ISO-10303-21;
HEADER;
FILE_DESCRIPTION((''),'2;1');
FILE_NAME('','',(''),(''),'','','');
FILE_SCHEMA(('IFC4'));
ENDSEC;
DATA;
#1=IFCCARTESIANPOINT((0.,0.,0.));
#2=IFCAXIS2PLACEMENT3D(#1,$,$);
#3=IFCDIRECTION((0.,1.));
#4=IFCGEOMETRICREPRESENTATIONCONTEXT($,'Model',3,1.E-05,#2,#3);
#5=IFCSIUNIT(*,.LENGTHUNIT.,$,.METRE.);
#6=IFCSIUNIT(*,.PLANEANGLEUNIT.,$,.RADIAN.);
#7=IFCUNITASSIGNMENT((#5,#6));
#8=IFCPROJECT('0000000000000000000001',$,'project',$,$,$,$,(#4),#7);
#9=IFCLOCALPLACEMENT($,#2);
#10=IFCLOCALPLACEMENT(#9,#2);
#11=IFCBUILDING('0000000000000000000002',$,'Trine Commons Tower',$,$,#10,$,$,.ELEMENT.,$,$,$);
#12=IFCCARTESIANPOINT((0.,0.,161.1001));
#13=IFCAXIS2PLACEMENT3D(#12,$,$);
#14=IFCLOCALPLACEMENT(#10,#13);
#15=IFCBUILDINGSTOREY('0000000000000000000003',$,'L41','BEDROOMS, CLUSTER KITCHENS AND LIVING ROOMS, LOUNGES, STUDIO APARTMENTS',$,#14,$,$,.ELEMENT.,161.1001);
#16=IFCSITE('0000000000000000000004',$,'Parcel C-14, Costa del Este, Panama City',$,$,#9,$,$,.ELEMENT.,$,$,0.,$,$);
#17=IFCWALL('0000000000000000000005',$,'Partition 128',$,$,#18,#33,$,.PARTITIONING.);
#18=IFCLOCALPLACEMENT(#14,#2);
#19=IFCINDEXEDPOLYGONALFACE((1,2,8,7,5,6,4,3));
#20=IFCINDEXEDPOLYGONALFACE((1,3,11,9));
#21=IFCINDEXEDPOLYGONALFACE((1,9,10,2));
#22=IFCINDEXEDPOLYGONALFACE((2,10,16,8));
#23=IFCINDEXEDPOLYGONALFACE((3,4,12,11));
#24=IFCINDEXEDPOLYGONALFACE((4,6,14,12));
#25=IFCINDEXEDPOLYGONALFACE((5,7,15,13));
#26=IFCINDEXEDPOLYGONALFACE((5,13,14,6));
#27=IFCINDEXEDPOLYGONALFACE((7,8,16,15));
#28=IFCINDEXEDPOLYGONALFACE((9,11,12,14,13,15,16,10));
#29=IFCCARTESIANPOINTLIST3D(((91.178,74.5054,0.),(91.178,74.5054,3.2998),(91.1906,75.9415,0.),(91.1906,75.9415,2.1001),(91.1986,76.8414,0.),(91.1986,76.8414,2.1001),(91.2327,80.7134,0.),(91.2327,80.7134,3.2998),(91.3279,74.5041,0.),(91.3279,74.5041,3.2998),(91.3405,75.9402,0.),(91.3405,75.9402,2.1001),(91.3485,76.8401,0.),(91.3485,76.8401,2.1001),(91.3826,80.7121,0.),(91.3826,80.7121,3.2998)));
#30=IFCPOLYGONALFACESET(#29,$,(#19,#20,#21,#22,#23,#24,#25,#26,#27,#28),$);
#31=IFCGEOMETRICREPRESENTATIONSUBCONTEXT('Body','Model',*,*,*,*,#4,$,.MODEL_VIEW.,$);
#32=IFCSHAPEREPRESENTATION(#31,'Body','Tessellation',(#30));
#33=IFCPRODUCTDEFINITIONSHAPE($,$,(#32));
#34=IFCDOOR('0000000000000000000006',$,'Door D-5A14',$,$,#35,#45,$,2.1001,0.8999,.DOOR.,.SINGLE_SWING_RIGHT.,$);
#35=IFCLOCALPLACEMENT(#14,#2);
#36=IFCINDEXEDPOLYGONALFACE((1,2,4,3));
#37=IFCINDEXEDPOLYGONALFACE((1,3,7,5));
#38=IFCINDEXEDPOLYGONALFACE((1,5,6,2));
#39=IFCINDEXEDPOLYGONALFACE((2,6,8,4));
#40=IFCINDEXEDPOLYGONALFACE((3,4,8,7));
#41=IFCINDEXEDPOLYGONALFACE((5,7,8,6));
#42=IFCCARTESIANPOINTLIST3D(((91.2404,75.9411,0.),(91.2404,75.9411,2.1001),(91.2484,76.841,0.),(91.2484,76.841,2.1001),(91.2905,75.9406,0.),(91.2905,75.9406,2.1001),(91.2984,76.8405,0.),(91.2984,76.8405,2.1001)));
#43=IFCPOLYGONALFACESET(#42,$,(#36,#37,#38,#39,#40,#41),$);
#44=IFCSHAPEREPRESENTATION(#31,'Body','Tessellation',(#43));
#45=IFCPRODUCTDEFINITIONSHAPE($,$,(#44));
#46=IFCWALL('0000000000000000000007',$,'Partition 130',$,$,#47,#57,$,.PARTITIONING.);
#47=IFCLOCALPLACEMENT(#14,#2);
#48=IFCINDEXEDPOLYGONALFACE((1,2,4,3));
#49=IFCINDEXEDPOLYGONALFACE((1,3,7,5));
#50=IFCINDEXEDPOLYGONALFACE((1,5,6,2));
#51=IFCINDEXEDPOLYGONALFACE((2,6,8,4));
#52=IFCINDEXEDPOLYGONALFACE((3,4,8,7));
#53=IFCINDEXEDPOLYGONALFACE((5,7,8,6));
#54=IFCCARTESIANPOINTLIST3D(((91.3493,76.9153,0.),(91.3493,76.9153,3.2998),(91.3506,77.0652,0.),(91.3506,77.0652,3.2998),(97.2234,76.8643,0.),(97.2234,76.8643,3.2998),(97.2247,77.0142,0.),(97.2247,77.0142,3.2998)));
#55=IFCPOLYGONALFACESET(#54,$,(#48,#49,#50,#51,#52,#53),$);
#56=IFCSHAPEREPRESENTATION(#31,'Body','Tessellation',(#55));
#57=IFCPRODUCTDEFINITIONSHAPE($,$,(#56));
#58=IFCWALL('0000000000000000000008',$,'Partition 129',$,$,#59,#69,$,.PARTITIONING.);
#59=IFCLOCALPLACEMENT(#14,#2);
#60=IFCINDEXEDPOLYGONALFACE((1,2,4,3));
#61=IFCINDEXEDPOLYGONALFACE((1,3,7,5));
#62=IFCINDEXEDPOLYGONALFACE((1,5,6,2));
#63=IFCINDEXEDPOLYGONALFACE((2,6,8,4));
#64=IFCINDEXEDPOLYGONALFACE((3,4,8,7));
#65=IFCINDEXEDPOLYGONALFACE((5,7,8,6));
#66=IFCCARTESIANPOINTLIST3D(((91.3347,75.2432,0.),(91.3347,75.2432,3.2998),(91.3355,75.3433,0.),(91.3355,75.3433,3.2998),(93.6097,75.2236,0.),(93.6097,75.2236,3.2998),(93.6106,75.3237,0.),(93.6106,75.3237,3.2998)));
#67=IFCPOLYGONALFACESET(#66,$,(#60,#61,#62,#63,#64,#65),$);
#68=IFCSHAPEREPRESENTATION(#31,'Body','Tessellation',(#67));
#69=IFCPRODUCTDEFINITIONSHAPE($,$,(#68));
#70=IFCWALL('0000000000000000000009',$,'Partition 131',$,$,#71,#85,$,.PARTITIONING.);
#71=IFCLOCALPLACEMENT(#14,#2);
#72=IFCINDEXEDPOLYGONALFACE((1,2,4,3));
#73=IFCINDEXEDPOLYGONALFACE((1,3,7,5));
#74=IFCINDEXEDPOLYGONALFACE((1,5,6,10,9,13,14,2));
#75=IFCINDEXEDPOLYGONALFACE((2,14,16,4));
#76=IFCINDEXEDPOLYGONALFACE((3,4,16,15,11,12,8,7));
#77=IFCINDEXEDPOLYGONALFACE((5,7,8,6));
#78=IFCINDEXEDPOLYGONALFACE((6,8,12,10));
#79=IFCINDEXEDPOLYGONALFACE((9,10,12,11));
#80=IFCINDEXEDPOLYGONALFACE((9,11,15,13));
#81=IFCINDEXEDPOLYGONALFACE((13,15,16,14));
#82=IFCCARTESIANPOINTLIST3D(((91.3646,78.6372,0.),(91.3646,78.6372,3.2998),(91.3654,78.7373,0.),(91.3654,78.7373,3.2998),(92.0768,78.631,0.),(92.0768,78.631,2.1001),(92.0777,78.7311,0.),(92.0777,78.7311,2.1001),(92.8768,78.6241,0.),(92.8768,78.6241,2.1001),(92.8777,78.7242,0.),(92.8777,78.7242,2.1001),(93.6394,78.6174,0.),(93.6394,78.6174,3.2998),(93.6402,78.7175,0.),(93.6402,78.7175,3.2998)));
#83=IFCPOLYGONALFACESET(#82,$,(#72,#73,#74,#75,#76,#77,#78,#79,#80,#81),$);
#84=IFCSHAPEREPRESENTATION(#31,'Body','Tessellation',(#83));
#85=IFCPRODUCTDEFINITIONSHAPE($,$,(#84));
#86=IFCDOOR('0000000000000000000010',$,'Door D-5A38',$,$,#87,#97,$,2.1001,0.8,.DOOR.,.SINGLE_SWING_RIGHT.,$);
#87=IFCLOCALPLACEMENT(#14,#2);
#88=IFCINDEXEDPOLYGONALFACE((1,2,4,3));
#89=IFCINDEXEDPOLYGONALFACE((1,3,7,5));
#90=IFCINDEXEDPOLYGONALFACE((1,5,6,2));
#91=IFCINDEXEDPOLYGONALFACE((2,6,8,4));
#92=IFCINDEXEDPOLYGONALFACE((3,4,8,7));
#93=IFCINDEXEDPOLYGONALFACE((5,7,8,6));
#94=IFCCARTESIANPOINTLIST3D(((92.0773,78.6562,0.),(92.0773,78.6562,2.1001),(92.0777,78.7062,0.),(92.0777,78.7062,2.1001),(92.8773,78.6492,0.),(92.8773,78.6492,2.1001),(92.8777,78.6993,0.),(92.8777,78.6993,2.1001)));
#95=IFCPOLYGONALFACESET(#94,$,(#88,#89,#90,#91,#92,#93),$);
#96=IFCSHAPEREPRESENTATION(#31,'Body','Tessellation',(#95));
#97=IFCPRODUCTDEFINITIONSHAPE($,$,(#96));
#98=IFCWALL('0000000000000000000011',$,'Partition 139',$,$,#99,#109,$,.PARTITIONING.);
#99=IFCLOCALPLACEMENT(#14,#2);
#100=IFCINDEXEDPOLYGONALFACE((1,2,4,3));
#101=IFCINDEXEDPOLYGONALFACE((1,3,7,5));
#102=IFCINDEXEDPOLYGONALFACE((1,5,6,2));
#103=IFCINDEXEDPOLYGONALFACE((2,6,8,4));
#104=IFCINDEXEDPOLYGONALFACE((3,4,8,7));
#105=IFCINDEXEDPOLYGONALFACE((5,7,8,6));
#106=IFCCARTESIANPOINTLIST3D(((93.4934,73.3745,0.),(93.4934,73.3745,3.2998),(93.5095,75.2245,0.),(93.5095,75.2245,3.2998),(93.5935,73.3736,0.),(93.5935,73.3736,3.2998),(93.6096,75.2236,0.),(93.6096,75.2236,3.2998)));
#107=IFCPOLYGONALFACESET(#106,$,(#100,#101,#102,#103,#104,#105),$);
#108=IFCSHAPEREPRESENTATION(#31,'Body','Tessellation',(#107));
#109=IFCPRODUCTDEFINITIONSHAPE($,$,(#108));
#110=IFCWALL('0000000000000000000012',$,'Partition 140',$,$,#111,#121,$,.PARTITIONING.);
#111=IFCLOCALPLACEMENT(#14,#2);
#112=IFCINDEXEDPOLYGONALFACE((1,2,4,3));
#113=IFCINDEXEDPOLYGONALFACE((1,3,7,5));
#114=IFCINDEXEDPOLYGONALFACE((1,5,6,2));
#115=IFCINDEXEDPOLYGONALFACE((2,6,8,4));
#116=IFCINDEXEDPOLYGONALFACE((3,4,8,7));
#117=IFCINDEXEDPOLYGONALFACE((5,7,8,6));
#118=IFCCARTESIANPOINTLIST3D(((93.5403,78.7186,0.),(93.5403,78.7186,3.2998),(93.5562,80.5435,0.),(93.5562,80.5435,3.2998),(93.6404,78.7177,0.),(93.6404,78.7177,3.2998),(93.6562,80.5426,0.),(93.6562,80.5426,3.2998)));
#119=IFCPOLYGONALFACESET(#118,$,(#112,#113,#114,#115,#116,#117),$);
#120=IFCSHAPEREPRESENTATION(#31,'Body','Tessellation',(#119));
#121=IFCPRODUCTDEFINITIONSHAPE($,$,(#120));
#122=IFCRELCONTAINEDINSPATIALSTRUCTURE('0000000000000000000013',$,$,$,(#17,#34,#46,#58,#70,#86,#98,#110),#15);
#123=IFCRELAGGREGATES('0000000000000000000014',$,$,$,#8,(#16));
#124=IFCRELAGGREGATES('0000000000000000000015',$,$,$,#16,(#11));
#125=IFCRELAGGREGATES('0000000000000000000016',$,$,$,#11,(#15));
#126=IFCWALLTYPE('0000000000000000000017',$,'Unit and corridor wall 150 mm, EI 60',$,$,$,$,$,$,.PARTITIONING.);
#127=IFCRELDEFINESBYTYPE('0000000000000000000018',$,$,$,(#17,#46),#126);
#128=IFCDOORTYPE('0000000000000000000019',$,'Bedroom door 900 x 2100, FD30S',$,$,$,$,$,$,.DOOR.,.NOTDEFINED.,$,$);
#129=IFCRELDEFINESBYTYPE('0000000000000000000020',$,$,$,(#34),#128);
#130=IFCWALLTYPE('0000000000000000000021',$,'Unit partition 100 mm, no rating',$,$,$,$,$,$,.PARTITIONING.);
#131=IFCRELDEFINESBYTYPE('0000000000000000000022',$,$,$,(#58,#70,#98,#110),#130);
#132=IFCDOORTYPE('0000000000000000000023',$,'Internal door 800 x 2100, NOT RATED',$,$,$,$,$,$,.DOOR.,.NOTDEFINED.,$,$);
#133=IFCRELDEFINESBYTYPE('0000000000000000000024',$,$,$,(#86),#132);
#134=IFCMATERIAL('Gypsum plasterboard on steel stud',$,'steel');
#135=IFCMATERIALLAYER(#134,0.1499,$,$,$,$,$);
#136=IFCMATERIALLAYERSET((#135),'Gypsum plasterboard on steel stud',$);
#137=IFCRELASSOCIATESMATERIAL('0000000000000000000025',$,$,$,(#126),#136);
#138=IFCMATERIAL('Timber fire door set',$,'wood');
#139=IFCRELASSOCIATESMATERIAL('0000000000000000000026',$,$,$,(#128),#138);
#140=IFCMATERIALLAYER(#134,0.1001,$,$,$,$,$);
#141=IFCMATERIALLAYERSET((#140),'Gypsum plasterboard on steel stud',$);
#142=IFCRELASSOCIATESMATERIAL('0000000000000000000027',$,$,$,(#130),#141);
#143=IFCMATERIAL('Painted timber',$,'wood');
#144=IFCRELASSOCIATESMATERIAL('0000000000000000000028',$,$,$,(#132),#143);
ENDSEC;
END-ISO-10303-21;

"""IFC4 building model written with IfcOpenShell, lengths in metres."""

from ifc_helpers import new_model, si_unit, direction, frame, frame_2d, origin, place, context, subcontext, project, spatial, rectangle, extrude, material, layer, layer_set, type_object, element, fill, save


model = new_model("IFC4")

# Units and contexts
model_context = context("Model", 3, precision=1e-05, world=origin(), true_north=direction((0.0, 1.0)))
body_context = subcontext(model_context, "Body", "Model", "MODEL_VIEW")
ifc_project = project(units=[si_unit("LENGTHUNIT", "METRE"), si_unit("PLANEANGLEUNIT", "RADIAN")], contexts=[model_context])

# Site, building, storey
site_placement = place(None, origin())
site = spatial("IfcSite", under=ifc_project, at=site_placement, Name="Parcel C-14, Costa del Este, Panama City", CompositionType="ELEMENT", RefElevation=0.0)
building_placement = place(site_placement, origin())
building = spatial("IfcBuilding", under=site, at=building_placement, Name="Trine Commons Tower", CompositionType="ELEMENT")
storey_placement = place(building_placement, frame((0.0, 0.0, 161.1001)))
storey = spatial("IfcBuildingStorey", under=building, at=storey_placement, Name="L41", Description="BEDROOMS, CLUSTER KITCHENS AND LIVING ROOMS, LOUNGES, STUDIO APARTMENTS", CompositionType="ELEMENT", Elevation=161.1001)

# Wall, opening, door
ifc_material_1 = material(Name="Gypsum plasterboard on steel stud", Category="steel")
ifc_layer_1 = layer(ifc_material_1, 0.1499)
ifc_layer_set_1 = layer_set([ifc_layer_1], Name="Gypsum plasterboard on steel stud")
wall_type_1 = type_object("IfcWallType", Name="Unit and corridor wall 150 mm, EI 60", PredefinedType="PARTITIONING", material=ifc_layer_set_1)
wall_1_placement = place(storey_placement, frame((91.2529, 74.5049, 0.0), z_axis=(0.0, 0.0, 1.0), x_axis=(0.008809, 0.999961, 0.0)))
wall_1 = element("IfcWall", 1, at=wall_1_placement, inside=storey, type_object=wall_type_1, Name="Partition 128", PredefinedType="PARTITIONING", context=body_context, shape_type="SweptSolid", body=[
    extrude(rectangle(XDim=6.2083, YDim=0.1499, at=frame_2d((3.104, 0.0))), origin(), (0.0, 0.0, 1.0), 3.2998),
])
opening_1_placement = place(wall_1_placement, frame((1.436, 0.0, 0.0)))
opening_1 = element("IfcOpeningElement", 2, at=opening_1_placement, cuts=wall_1, PredefinedType="OPENING", context=body_context, shape_type="SweptSolid", body=[
    extrude(rectangle(XDim=0.8999, YDim=2.1001, at=frame_2d((0.45, 1.05))), frame((0.0, 0.085, 0.0), z_axis=(0.0, -1.0, 0.0), x_axis=(1.0, 0.0, 0.0)), (0.0, 0.0, 1.0), 0.1699),
])
ifc_material_2 = material(Name="Timber fire door set", Category="wood")
door_type_1 = type_object("IfcDoorType", Name="Bedroom door 900 x 2100, FD30S", OperationType="NOTDEFINED", PredefinedType="DOOR", material=ifc_material_2)
door_1_placement = place(opening_1_placement, frame((0.8999, 0.0, 0.0), z_axis=(0.0, 0.0, 1.0), x_axis=(-1.0, 0.0, 0.0)))
door_1 = element("IfcDoor", 3, at=door_1_placement, inside=storey, type_object=door_type_1, Name="Door D-5A14", OperationType="SINGLE_SWING_RIGHT", OverallHeight=2.1001, OverallWidth=0.8999, PredefinedType="DOOR", context=body_context, shape_type="SweptSolid", body=[
    extrude(rectangle(XDim=0.8999, YDim=2.1001, at=frame_2d((0.45, 1.05))), frame((0.0, 0.0249, 0.0), z_axis=(0.0, -1.0, 0.0), x_axis=(1.0, 0.0, 0.0)), (0.0, 0.0, 1.0), 0.05),
])
fill(opening_1, door_1)

# Walls
wall_2_placement = place(storey_placement, frame((91.3501, 76.9902, 0.0), z_axis=(0.0, 0.0, 1.0), x_axis=(0.999962, -0.008686, 0.0)))
element("IfcWall", 4, at=wall_2_placement, inside=storey, type_object=wall_type_1, Name="Partition 130", PredefinedType="PARTITIONING", context=body_context, shape_type="SweptSolid", body=[
    extrude(rectangle(XDim=5.8743, YDim=0.1499, at=frame_2d((2.937, 0.0))), origin(), (0.0, 0.0, 1.0), 3.2998),
])
ifc_layer_2 = layer(ifc_material_1, 0.1001)
ifc_layer_set_2 = layer_set([ifc_layer_2], Name="Gypsum plasterboard on steel stud")
wall_type_2 = type_object("IfcWallType", Name="Unit partition 100 mm, no rating", PredefinedType="PARTITIONING", material=ifc_layer_set_2)
wall_3_placement = place(storey_placement, frame((91.335, 75.2932, 0.0), z_axis=(0.0, 0.0, 1.0), x_axis=(0.999963, -0.008584, 0.0)))
element("IfcWall", 5, at=wall_3_placement, inside=storey, type_object=wall_type_2, Name="Partition 129", PredefinedType="PARTITIONING", context=body_context, shape_type="SweptSolid", body=[
    extrude(rectangle(XDim=2.2751, YDim=0.1001, at=frame_2d((1.1377, 0.0))), origin(), (0.0, 0.0, 1.0), 3.2998),
])

# Wall, opening, door
wall_4_placement = place(storey_placement, frame((91.365, 78.6873, 0.0), z_axis=(0.0, 0.0, 1.0), x_axis=(0.999962, -0.008693, 0.0)))
wall_4 = element("IfcWall", 6, at=wall_4_placement, inside=storey, type_object=wall_type_2, Name="Partition 131", PredefinedType="PARTITIONING", context=body_context, shape_type="SweptSolid", body=[
    extrude(rectangle(XDim=2.2749, YDim=0.1001, at=frame_2d((1.1375, 0.0))), origin(), (0.0, 0.0, 1.0), 3.2998),
])
opening_2_placement = place(wall_4_placement, frame((0.7124, 0.0, 0.0)))
opening_2 = element("IfcOpeningElement", 7, at=opening_2_placement, cuts=wall_4, PredefinedType="OPENING", context=body_context, shape_type="SweptSolid", body=[
    extrude(rectangle(XDim=0.8, YDim=2.1001, at=frame_2d((0.3999, 1.05))), frame((0.0, 0.0601, 0.0), z_axis=(0.0, -1.0, 0.0), x_axis=(1.0, 0.0, 0.0)), (0.0, 0.0, 1.0), 0.1201),
])
ifc_material_3 = material(Name="Painted timber", Category="wood")
door_type_2 = type_object("IfcDoorType", Name="Internal door 800 x 2100, NOT RATED", OperationType="NOTDEFINED", PredefinedType="DOOR", material=ifc_material_3)
door_2_placement = place(opening_2_placement, frame((0.8, 0.0, 0.0), z_axis=(0.0, 0.0, 1.0), x_axis=(-1.0, 0.0, 0.0)))
door_2 = element("IfcDoor", 8, at=door_2_placement, inside=storey, type_object=door_type_2, Name="Door D-5A38", OperationType="SINGLE_SWING_RIGHT", OverallHeight=2.1001, OverallWidth=0.8, PredefinedType="DOOR", context=body_context, shape_type="SweptSolid", body=[
    extrude(rectangle(XDim=0.8, YDim=2.1001, at=frame_2d((0.3999, 1.05))), frame((0.0, 0.0249, 0.0), z_axis=(0.0, -1.0, 0.0), x_axis=(1.0, 0.0, 0.0)), (0.0, 0.0, 1.0), 0.05),
])
fill(opening_2, door_2)

# Walls
wall_5_placement = place(storey_placement, frame((93.5435, 73.374, 0.0), z_axis=(0.0, 0.0, 1.0), x_axis=(0.008709, 0.999962, 0.0)))
element("IfcWall", 9, at=wall_5_placement, inside=storey, type_object=wall_type_2, Name="Partition 139", PredefinedType="PARTITIONING", context=body_context, shape_type="SweptSolid", body=[
    extrude(rectangle(XDim=1.8501, YDim=0.1001, at=frame_2d((0.925, 0.0))), origin(), (0.0, 0.0, 1.0), 3.2998),
])
wall_6_placement = place(storey_placement, frame((93.5903, 78.718, 0.0), z_axis=(0.0, 0.0, 1.0), x_axis=(0.008695, 0.999962, 0.0)))
element("IfcWall", 10, at=wall_6_placement, inside=storey, type_object=wall_type_2, Name="Partition 140", PredefinedType="PARTITIONING", context=body_context, shape_type="SweptSolid", body=[
    extrude(rectangle(XDim=1.825, YDim=0.1001, at=frame_2d((0.9126, 0.0))), origin(), (0.0, 0.0, 1.0), 3.2998),
])

save(model, "model.ifc")
